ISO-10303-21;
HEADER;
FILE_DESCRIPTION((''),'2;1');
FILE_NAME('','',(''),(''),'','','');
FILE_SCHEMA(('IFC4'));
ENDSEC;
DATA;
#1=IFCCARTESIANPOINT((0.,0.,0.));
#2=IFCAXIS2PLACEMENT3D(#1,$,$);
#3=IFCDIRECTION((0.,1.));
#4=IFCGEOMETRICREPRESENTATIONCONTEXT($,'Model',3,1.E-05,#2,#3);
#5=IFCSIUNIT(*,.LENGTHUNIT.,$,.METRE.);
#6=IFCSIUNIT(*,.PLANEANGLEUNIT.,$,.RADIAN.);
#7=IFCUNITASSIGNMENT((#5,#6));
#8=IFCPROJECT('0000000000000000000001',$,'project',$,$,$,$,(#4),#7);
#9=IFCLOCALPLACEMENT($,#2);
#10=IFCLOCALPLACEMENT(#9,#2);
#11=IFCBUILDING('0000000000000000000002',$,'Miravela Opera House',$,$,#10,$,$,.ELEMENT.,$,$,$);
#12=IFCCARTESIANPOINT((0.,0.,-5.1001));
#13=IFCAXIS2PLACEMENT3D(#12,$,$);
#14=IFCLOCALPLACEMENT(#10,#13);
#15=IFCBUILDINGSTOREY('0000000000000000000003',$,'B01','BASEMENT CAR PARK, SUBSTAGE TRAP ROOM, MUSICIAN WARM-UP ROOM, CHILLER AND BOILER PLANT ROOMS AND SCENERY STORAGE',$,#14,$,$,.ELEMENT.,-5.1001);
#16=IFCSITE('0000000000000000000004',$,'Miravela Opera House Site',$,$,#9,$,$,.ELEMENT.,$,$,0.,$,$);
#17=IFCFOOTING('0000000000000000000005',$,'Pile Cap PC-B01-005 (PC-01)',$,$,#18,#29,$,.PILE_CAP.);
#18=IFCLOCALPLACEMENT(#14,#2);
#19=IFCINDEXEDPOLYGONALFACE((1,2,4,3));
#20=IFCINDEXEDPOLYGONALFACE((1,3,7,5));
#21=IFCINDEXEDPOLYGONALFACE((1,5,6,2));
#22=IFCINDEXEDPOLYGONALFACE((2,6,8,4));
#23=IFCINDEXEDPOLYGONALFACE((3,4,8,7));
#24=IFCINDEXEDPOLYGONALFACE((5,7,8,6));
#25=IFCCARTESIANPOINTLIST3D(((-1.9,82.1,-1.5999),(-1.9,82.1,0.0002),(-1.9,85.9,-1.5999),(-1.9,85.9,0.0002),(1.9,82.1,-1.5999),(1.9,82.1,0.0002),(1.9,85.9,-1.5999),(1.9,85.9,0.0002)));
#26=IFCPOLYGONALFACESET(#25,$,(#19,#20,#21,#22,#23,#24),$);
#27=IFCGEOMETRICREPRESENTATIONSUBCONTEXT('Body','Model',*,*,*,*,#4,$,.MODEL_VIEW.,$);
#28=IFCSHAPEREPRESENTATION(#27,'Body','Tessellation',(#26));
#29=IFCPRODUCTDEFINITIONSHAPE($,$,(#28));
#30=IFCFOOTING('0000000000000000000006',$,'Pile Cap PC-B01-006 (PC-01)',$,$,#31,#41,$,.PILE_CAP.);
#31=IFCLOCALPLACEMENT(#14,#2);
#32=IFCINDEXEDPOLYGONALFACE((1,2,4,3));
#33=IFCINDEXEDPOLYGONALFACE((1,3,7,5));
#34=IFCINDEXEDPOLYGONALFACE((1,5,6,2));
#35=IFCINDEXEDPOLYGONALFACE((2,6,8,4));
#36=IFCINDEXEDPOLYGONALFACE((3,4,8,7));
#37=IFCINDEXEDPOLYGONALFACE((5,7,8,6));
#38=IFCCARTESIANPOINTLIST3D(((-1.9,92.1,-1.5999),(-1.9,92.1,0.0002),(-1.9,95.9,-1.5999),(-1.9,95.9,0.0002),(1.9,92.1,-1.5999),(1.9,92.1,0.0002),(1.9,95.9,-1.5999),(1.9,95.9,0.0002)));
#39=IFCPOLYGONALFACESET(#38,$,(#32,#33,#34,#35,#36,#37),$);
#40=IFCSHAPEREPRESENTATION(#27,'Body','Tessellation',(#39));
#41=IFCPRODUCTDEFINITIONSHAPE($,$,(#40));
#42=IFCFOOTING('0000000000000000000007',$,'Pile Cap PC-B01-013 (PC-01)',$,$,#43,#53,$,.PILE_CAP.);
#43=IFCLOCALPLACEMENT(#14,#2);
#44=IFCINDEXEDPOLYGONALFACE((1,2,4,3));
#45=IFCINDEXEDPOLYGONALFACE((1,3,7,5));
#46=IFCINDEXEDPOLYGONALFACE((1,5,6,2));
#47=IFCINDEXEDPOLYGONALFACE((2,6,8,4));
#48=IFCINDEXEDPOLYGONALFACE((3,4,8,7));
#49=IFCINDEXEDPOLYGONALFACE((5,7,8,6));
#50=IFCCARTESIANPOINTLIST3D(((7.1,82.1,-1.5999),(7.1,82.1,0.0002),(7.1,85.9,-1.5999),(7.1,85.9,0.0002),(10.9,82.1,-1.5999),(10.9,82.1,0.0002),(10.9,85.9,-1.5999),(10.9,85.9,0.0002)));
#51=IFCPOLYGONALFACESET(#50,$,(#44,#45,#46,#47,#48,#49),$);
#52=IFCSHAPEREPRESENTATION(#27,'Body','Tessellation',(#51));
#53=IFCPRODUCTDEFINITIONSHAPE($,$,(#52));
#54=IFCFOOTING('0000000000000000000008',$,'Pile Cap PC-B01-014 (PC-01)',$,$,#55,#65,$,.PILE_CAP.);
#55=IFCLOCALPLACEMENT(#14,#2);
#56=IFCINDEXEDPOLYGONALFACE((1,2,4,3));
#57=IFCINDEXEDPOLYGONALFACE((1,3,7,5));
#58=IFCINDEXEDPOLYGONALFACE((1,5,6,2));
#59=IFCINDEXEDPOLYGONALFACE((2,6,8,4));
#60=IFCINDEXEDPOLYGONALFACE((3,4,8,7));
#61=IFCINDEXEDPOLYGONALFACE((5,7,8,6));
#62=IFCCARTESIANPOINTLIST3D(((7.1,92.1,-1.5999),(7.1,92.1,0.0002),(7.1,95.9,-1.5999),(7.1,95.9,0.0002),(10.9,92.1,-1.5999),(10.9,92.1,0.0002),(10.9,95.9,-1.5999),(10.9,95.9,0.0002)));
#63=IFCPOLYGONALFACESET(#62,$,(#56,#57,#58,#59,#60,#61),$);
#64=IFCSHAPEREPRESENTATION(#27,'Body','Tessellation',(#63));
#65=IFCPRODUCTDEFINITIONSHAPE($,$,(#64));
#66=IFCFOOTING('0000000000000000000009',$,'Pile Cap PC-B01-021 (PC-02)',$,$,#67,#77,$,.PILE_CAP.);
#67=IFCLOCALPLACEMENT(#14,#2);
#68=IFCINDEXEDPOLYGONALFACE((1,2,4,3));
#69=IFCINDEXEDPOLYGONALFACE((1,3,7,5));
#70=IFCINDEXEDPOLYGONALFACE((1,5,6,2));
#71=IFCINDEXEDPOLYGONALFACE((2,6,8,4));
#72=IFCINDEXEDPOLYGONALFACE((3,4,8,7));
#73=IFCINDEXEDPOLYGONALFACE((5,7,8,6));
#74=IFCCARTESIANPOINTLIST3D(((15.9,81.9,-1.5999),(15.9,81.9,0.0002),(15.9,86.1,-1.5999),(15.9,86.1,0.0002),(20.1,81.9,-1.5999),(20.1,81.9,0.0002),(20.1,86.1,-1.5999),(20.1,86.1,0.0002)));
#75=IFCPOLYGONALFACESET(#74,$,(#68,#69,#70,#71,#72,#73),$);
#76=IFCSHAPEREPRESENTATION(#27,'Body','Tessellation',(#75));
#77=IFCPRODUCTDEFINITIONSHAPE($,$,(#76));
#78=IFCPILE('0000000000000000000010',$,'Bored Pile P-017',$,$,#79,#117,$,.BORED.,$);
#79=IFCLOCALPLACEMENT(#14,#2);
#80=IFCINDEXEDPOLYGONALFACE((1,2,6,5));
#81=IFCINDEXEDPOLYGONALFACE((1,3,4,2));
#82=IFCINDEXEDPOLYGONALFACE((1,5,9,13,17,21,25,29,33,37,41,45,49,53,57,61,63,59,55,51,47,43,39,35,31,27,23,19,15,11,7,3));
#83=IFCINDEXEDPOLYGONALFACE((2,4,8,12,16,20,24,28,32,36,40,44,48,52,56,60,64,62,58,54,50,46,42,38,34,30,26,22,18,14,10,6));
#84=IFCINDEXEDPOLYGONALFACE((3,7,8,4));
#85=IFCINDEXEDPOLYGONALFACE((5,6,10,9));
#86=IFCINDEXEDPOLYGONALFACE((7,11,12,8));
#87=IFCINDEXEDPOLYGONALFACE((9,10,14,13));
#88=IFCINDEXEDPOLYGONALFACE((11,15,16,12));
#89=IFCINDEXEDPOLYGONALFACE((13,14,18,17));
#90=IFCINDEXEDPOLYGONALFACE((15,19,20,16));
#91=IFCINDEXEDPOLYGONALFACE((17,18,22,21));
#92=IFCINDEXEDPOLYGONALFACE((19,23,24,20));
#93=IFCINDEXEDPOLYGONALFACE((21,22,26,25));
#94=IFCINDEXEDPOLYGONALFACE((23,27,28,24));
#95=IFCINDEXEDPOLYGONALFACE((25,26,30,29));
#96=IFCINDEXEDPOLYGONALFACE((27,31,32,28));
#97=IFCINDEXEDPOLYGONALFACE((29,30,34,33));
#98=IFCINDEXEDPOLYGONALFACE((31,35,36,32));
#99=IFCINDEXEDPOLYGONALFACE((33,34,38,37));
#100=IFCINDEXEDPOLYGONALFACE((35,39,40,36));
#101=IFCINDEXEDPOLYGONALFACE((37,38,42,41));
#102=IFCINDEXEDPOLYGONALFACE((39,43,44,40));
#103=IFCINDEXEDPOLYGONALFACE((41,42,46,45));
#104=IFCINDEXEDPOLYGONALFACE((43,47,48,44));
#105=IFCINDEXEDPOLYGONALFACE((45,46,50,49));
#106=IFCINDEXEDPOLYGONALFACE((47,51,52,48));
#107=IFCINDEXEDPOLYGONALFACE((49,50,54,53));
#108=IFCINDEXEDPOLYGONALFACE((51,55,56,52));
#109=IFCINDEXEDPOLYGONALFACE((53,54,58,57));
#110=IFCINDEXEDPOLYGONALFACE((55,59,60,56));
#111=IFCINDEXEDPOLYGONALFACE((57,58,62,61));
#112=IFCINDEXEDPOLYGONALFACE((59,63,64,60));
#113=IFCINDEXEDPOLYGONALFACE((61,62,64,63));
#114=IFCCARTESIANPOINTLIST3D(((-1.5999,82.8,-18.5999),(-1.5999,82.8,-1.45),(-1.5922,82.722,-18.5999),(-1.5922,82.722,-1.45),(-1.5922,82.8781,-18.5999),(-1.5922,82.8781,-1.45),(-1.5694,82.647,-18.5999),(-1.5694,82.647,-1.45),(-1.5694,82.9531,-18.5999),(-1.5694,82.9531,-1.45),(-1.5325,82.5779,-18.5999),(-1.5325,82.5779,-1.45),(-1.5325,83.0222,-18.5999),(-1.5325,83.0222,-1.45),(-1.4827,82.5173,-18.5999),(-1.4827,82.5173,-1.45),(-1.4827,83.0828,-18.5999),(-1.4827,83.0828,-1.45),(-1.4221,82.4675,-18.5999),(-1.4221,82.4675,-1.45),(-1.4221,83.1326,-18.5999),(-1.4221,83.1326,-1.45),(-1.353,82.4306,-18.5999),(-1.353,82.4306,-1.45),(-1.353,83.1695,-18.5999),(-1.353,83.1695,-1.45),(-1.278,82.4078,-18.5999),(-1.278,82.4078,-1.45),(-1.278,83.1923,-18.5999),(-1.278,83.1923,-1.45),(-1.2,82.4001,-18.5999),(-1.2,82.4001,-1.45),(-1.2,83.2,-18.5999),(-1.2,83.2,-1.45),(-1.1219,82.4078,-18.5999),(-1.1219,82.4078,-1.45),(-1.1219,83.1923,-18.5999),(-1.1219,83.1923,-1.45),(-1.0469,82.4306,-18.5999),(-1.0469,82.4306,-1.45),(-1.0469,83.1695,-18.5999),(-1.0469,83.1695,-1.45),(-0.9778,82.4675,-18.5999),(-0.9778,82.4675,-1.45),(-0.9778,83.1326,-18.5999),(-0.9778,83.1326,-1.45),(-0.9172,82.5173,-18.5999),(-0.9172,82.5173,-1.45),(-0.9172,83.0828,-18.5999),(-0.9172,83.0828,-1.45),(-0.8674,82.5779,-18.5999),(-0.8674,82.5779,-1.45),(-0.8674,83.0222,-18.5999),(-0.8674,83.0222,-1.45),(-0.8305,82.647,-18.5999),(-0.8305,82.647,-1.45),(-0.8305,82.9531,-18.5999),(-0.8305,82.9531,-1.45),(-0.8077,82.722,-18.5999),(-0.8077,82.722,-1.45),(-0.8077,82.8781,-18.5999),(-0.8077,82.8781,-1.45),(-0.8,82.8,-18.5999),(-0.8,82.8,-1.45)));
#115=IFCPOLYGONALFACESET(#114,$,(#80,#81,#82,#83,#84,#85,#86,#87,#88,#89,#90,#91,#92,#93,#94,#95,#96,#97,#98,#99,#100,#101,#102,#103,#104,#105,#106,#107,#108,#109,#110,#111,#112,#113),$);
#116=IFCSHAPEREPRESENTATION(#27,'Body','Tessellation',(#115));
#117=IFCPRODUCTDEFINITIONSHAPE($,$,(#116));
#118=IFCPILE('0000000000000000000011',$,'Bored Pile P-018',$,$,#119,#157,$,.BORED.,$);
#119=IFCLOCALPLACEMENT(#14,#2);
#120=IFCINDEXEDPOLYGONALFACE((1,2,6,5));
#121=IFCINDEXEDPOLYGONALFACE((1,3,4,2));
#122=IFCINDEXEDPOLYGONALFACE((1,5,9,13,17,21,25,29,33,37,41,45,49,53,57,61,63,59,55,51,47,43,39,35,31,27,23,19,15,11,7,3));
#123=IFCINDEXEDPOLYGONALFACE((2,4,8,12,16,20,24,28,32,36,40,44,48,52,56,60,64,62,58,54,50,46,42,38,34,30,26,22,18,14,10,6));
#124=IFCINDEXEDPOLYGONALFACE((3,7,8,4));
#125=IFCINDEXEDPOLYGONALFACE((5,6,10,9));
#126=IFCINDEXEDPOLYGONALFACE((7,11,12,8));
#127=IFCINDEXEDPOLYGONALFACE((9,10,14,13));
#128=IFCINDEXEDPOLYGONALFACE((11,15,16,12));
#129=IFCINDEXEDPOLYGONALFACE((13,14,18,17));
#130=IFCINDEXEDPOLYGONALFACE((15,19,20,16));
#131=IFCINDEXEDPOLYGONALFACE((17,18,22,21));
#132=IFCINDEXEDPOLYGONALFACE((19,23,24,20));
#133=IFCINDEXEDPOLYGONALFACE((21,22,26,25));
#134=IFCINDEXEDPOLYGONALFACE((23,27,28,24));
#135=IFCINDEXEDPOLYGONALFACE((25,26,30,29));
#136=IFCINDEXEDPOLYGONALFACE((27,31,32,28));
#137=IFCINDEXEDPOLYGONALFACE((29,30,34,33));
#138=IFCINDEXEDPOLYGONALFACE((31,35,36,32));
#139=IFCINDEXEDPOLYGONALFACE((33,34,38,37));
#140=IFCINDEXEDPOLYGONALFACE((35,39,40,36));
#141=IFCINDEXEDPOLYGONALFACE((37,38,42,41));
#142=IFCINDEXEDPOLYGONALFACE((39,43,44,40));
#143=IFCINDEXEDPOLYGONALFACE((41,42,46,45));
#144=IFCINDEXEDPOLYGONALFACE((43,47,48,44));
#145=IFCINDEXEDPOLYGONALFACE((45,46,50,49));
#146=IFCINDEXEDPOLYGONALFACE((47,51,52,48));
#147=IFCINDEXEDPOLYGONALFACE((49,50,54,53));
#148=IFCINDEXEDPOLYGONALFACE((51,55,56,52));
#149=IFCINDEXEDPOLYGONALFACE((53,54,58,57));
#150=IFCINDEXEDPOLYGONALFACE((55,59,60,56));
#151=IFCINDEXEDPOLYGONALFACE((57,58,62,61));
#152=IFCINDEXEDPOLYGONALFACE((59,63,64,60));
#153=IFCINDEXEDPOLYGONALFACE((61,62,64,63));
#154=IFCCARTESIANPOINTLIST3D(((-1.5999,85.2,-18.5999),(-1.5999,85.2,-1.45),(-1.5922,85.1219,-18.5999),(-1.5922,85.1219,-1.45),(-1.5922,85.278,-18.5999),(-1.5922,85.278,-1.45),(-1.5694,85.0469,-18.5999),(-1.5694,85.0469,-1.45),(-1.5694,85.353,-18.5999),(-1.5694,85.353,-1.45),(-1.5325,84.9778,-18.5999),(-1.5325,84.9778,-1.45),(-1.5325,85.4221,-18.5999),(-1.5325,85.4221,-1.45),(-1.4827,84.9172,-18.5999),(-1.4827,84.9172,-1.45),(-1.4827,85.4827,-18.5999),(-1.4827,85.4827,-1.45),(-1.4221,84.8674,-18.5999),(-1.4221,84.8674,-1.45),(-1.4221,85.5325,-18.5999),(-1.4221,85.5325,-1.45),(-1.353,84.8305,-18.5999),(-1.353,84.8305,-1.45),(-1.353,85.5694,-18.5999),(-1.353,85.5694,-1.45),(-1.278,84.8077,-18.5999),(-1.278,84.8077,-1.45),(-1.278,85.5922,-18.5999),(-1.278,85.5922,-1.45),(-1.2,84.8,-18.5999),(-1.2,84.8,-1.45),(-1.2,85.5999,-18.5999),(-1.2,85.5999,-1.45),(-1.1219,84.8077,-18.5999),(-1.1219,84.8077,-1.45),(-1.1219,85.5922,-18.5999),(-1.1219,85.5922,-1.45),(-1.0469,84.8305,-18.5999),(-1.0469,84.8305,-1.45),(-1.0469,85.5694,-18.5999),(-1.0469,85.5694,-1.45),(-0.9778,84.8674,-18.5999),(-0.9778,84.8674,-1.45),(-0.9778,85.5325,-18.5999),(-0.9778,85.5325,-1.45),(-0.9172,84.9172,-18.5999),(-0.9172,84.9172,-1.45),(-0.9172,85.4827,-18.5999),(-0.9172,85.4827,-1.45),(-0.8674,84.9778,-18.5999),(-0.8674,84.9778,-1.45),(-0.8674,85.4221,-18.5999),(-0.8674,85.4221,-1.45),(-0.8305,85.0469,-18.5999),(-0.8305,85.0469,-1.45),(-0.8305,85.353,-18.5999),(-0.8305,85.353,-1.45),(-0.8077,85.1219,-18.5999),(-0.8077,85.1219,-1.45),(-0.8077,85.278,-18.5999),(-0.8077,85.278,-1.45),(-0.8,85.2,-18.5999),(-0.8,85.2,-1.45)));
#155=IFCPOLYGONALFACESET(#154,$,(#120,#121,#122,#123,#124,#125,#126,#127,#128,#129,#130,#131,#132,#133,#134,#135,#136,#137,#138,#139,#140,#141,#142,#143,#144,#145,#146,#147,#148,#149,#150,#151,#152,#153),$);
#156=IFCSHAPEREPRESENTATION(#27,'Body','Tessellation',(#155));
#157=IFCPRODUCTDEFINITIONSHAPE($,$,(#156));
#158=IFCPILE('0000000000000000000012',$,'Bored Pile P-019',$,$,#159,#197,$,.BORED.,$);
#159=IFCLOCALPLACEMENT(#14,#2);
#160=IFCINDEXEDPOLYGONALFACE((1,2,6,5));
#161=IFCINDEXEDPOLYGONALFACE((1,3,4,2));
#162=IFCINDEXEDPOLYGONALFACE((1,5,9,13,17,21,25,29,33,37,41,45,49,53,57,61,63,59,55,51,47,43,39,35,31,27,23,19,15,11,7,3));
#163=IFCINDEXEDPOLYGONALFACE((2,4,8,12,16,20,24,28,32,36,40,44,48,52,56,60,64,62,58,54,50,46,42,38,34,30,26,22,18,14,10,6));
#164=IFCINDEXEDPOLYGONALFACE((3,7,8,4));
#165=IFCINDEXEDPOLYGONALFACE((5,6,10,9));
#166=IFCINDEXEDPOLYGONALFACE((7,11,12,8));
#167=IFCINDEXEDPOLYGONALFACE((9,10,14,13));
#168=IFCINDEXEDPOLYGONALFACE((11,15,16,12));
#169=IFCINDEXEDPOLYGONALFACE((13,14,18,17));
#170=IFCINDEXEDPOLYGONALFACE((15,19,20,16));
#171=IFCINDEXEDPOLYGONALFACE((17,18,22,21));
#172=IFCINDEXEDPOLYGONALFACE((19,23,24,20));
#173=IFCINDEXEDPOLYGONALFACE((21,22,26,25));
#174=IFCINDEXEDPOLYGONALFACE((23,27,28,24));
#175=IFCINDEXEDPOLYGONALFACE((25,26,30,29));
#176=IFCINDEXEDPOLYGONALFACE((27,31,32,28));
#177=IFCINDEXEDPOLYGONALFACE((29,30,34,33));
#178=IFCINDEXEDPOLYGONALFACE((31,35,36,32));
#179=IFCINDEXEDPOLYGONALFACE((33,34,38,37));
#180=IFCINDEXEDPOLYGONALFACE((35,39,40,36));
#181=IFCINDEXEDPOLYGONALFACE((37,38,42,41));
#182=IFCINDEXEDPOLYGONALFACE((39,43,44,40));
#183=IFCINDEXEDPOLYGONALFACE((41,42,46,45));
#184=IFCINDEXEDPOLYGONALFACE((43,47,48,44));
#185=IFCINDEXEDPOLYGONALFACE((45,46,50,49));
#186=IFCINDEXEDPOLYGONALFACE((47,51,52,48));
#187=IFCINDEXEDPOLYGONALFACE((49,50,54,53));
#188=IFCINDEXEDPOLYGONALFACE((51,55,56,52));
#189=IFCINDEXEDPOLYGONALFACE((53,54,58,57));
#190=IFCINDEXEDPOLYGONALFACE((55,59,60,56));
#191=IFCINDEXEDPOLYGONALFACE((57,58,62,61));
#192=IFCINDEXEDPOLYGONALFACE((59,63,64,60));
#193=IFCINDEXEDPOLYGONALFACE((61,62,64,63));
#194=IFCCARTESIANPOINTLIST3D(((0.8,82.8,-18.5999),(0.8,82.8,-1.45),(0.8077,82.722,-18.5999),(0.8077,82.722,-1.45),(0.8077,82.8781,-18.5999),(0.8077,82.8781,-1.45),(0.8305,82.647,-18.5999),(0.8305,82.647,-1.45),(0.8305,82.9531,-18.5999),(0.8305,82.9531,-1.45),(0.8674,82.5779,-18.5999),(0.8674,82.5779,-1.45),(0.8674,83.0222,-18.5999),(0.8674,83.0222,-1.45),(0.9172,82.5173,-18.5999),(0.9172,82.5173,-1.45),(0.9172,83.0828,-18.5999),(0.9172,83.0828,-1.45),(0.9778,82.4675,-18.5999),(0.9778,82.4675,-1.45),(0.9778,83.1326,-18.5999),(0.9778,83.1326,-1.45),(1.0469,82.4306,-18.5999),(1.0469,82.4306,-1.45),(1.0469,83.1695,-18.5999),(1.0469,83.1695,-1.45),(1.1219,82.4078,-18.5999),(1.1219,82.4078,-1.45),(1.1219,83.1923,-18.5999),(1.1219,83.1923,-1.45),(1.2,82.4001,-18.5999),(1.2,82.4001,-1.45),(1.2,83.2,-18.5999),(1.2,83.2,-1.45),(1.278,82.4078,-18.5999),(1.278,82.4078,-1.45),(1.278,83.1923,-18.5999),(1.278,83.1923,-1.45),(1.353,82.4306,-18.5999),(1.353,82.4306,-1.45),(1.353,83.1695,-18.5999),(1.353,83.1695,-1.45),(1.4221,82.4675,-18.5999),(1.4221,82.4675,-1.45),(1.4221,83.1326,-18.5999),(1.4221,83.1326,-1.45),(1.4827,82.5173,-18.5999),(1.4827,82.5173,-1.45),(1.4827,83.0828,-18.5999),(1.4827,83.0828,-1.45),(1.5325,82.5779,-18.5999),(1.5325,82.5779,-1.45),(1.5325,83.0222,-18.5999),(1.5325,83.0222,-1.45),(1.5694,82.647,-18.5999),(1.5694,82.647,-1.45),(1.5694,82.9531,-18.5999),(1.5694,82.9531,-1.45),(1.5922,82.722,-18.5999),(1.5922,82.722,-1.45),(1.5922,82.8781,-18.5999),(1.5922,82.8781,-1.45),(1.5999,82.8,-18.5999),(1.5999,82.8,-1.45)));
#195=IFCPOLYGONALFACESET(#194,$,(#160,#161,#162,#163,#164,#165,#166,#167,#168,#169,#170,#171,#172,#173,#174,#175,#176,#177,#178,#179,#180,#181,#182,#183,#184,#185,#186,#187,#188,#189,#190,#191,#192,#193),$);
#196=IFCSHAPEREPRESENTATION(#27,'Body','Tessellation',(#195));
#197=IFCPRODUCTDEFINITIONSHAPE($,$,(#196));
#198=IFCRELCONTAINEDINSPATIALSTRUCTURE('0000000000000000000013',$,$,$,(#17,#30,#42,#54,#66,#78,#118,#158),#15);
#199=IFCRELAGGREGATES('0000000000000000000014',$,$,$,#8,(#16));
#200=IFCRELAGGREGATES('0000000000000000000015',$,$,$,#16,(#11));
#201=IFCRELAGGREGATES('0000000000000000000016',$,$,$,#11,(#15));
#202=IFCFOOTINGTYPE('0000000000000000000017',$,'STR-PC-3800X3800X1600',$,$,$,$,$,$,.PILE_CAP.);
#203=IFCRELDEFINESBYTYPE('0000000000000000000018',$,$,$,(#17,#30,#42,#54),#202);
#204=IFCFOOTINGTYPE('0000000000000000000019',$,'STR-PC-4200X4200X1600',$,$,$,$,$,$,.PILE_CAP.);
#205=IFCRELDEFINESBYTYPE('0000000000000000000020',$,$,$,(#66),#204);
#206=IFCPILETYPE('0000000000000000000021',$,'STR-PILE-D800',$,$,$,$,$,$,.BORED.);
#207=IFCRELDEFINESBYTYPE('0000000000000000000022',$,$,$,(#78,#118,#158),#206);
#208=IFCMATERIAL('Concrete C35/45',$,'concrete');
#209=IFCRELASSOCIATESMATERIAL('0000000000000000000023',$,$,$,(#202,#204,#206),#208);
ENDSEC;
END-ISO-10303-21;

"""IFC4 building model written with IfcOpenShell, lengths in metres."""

from ifc_helpers import new_model, si_unit, direction, frame, origin, origin_2d, place, context, subcontext, project, spatial, rectangle, circle, extrude, material, material_profile, profile_set, type_object, element, save


model = new_model("IFC4")

# Units and contexts
model_context = context("Model", 3, precision=1e-05, world=origin(), true_north=direction((0.0, 1.0)))
body_context = subcontext(model_context, "Body", "Model", "MODEL_VIEW")
ifc_project = project(units=[si_unit("LENGTHUNIT", "METRE"), si_unit("PLANEANGLEUNIT", "RADIAN")], contexts=[model_context])

# Site, building, storey
site_placement = place(None, origin())
site = spatial("IfcSite", under=ifc_project, at=site_placement, Name="Miravela Opera House Site", CompositionType="ELEMENT", RefElevation=0.0)
building_placement = place(site_placement, origin())
building = spatial("IfcBuilding", under=site, at=building_placement, Name="Miravela Opera House", CompositionType="ELEMENT")
storey_placement = place(building_placement, frame((0.0, 0.0, -5.1001)))
storey = spatial("IfcBuildingStorey", under=building, at=storey_placement, Name="B01", Description="BASEMENT CAR PARK, SUBSTAGE TRAP ROOM, MUSICIAN WARM-UP ROOM, CHILLER AND BOILER PLANT ROOMS AND SCENERY STORAGE", CompositionType="ELEMENT", Elevation=-5.1001)

# Footings
ifc_material_1 = material(Name="Concrete C35/45", Category="concrete")
footing_type_1 = type_object("IfcFootingType", Name="STR-PC-3800X3800X1600", PredefinedType="PILE_CAP", material=ifc_material_1)
for number, where, z_axis, x_axis, name in (
    (1, (0.0, 84.0, -1.5999), (0.0, 0.0, 1.0), (1.0, 0.0, 0.0), "Pile Cap PC-B01-005 (PC-01)"),
    (2, (0.0, 94.0, -1.5999), (0.0, 0.0, 1.0), (1.0, 0.0, 0.0), "Pile Cap PC-B01-006 (PC-01)"),
    (3, (9.0, 84.0, -1.5999), (0.0, 0.0, 1.0), (1.0, 0.0, 0.0), "Pile Cap PC-B01-013 (PC-01)"),
    (4, (9.0, 94.0, -1.5999), (0.0, 0.0, 1.0), (1.0, 0.0, 0.0), "Pile Cap PC-B01-014 (PC-01)"),
):
    element("IfcFooting", number, at=place(storey_placement, frame(where, z_axis=z_axis, x_axis=x_axis)), inside=storey, type_object=footing_type_1, Name=name, PredefinedType="PILE_CAP", context=body_context, shape_type="SweptSolid", body=[
        extrude(rectangle(XDim=3.8, YDim=3.8, at=origin_2d()), origin(), (0.0, 0.0, 1.0), 1.6001),
    ])
footing_type_2 = type_object("IfcFootingType", Name="STR-PC-4200X4200X1600", PredefinedType="PILE_CAP", material=ifc_material_1)
footing_placement = place(storey_placement, frame((18.0, 84.0, -1.5999), z_axis=(0.0, 0.0, 1.0), x_axis=(1.0, 0.0, 0.0)))
element("IfcFooting", 5, at=footing_placement, inside=storey, type_object=footing_type_2, Name="Pile Cap PC-B01-021 (PC-02)", PredefinedType="PILE_CAP", context=body_context, shape_type="SweptSolid", body=[
    extrude(rectangle(XDim=4.2, YDim=4.2, at=origin_2d()), origin(), (0.0, 0.0, 1.0), 1.6001),
])

# Piles
ifc_material_profile_1 = material_profile(ifc_material_1, circle(Radius=0.3999, at=origin_2d()), Name="PILE-D800")
ifc_profile_set_1 = profile_set([ifc_material_profile_1])
pile_type_1 = type_object("IfcPileType", Name="STR-PILE-D800", PredefinedType="BORED", material=ifc_profile_set_1)
for number, where, z_axis, x_axis, name in (
    (6, (-1.2, 82.8, -1.45), (0.0, 0.0, -1.0), (1.0, 0.0, 0.0), "Bored Pile P-017"),
    (7, (-1.2, 85.2, -1.45), (0.0, 0.0, -1.0), (1.0, 0.0, 0.0), "Bored Pile P-018"),
    (8, (1.2, 82.8, -1.45), (0.0, 0.0, -1.0), (1.0, 0.0, 0.0), "Bored Pile P-019"),
):
    element("IfcPile", number, at=place(storey_placement, frame(where, z_axis=z_axis, x_axis=x_axis)), inside=storey, type_object=pile_type_1, Name=name, PredefinedType="BORED", context=body_context, shape_type="SweptSolid", body=[
        extrude(circle(Radius=0.3999, at=origin_2d()), origin(), (0.0, 0.0, 1.0), 17.1499),
    ])

save(model, "model.ifc")
